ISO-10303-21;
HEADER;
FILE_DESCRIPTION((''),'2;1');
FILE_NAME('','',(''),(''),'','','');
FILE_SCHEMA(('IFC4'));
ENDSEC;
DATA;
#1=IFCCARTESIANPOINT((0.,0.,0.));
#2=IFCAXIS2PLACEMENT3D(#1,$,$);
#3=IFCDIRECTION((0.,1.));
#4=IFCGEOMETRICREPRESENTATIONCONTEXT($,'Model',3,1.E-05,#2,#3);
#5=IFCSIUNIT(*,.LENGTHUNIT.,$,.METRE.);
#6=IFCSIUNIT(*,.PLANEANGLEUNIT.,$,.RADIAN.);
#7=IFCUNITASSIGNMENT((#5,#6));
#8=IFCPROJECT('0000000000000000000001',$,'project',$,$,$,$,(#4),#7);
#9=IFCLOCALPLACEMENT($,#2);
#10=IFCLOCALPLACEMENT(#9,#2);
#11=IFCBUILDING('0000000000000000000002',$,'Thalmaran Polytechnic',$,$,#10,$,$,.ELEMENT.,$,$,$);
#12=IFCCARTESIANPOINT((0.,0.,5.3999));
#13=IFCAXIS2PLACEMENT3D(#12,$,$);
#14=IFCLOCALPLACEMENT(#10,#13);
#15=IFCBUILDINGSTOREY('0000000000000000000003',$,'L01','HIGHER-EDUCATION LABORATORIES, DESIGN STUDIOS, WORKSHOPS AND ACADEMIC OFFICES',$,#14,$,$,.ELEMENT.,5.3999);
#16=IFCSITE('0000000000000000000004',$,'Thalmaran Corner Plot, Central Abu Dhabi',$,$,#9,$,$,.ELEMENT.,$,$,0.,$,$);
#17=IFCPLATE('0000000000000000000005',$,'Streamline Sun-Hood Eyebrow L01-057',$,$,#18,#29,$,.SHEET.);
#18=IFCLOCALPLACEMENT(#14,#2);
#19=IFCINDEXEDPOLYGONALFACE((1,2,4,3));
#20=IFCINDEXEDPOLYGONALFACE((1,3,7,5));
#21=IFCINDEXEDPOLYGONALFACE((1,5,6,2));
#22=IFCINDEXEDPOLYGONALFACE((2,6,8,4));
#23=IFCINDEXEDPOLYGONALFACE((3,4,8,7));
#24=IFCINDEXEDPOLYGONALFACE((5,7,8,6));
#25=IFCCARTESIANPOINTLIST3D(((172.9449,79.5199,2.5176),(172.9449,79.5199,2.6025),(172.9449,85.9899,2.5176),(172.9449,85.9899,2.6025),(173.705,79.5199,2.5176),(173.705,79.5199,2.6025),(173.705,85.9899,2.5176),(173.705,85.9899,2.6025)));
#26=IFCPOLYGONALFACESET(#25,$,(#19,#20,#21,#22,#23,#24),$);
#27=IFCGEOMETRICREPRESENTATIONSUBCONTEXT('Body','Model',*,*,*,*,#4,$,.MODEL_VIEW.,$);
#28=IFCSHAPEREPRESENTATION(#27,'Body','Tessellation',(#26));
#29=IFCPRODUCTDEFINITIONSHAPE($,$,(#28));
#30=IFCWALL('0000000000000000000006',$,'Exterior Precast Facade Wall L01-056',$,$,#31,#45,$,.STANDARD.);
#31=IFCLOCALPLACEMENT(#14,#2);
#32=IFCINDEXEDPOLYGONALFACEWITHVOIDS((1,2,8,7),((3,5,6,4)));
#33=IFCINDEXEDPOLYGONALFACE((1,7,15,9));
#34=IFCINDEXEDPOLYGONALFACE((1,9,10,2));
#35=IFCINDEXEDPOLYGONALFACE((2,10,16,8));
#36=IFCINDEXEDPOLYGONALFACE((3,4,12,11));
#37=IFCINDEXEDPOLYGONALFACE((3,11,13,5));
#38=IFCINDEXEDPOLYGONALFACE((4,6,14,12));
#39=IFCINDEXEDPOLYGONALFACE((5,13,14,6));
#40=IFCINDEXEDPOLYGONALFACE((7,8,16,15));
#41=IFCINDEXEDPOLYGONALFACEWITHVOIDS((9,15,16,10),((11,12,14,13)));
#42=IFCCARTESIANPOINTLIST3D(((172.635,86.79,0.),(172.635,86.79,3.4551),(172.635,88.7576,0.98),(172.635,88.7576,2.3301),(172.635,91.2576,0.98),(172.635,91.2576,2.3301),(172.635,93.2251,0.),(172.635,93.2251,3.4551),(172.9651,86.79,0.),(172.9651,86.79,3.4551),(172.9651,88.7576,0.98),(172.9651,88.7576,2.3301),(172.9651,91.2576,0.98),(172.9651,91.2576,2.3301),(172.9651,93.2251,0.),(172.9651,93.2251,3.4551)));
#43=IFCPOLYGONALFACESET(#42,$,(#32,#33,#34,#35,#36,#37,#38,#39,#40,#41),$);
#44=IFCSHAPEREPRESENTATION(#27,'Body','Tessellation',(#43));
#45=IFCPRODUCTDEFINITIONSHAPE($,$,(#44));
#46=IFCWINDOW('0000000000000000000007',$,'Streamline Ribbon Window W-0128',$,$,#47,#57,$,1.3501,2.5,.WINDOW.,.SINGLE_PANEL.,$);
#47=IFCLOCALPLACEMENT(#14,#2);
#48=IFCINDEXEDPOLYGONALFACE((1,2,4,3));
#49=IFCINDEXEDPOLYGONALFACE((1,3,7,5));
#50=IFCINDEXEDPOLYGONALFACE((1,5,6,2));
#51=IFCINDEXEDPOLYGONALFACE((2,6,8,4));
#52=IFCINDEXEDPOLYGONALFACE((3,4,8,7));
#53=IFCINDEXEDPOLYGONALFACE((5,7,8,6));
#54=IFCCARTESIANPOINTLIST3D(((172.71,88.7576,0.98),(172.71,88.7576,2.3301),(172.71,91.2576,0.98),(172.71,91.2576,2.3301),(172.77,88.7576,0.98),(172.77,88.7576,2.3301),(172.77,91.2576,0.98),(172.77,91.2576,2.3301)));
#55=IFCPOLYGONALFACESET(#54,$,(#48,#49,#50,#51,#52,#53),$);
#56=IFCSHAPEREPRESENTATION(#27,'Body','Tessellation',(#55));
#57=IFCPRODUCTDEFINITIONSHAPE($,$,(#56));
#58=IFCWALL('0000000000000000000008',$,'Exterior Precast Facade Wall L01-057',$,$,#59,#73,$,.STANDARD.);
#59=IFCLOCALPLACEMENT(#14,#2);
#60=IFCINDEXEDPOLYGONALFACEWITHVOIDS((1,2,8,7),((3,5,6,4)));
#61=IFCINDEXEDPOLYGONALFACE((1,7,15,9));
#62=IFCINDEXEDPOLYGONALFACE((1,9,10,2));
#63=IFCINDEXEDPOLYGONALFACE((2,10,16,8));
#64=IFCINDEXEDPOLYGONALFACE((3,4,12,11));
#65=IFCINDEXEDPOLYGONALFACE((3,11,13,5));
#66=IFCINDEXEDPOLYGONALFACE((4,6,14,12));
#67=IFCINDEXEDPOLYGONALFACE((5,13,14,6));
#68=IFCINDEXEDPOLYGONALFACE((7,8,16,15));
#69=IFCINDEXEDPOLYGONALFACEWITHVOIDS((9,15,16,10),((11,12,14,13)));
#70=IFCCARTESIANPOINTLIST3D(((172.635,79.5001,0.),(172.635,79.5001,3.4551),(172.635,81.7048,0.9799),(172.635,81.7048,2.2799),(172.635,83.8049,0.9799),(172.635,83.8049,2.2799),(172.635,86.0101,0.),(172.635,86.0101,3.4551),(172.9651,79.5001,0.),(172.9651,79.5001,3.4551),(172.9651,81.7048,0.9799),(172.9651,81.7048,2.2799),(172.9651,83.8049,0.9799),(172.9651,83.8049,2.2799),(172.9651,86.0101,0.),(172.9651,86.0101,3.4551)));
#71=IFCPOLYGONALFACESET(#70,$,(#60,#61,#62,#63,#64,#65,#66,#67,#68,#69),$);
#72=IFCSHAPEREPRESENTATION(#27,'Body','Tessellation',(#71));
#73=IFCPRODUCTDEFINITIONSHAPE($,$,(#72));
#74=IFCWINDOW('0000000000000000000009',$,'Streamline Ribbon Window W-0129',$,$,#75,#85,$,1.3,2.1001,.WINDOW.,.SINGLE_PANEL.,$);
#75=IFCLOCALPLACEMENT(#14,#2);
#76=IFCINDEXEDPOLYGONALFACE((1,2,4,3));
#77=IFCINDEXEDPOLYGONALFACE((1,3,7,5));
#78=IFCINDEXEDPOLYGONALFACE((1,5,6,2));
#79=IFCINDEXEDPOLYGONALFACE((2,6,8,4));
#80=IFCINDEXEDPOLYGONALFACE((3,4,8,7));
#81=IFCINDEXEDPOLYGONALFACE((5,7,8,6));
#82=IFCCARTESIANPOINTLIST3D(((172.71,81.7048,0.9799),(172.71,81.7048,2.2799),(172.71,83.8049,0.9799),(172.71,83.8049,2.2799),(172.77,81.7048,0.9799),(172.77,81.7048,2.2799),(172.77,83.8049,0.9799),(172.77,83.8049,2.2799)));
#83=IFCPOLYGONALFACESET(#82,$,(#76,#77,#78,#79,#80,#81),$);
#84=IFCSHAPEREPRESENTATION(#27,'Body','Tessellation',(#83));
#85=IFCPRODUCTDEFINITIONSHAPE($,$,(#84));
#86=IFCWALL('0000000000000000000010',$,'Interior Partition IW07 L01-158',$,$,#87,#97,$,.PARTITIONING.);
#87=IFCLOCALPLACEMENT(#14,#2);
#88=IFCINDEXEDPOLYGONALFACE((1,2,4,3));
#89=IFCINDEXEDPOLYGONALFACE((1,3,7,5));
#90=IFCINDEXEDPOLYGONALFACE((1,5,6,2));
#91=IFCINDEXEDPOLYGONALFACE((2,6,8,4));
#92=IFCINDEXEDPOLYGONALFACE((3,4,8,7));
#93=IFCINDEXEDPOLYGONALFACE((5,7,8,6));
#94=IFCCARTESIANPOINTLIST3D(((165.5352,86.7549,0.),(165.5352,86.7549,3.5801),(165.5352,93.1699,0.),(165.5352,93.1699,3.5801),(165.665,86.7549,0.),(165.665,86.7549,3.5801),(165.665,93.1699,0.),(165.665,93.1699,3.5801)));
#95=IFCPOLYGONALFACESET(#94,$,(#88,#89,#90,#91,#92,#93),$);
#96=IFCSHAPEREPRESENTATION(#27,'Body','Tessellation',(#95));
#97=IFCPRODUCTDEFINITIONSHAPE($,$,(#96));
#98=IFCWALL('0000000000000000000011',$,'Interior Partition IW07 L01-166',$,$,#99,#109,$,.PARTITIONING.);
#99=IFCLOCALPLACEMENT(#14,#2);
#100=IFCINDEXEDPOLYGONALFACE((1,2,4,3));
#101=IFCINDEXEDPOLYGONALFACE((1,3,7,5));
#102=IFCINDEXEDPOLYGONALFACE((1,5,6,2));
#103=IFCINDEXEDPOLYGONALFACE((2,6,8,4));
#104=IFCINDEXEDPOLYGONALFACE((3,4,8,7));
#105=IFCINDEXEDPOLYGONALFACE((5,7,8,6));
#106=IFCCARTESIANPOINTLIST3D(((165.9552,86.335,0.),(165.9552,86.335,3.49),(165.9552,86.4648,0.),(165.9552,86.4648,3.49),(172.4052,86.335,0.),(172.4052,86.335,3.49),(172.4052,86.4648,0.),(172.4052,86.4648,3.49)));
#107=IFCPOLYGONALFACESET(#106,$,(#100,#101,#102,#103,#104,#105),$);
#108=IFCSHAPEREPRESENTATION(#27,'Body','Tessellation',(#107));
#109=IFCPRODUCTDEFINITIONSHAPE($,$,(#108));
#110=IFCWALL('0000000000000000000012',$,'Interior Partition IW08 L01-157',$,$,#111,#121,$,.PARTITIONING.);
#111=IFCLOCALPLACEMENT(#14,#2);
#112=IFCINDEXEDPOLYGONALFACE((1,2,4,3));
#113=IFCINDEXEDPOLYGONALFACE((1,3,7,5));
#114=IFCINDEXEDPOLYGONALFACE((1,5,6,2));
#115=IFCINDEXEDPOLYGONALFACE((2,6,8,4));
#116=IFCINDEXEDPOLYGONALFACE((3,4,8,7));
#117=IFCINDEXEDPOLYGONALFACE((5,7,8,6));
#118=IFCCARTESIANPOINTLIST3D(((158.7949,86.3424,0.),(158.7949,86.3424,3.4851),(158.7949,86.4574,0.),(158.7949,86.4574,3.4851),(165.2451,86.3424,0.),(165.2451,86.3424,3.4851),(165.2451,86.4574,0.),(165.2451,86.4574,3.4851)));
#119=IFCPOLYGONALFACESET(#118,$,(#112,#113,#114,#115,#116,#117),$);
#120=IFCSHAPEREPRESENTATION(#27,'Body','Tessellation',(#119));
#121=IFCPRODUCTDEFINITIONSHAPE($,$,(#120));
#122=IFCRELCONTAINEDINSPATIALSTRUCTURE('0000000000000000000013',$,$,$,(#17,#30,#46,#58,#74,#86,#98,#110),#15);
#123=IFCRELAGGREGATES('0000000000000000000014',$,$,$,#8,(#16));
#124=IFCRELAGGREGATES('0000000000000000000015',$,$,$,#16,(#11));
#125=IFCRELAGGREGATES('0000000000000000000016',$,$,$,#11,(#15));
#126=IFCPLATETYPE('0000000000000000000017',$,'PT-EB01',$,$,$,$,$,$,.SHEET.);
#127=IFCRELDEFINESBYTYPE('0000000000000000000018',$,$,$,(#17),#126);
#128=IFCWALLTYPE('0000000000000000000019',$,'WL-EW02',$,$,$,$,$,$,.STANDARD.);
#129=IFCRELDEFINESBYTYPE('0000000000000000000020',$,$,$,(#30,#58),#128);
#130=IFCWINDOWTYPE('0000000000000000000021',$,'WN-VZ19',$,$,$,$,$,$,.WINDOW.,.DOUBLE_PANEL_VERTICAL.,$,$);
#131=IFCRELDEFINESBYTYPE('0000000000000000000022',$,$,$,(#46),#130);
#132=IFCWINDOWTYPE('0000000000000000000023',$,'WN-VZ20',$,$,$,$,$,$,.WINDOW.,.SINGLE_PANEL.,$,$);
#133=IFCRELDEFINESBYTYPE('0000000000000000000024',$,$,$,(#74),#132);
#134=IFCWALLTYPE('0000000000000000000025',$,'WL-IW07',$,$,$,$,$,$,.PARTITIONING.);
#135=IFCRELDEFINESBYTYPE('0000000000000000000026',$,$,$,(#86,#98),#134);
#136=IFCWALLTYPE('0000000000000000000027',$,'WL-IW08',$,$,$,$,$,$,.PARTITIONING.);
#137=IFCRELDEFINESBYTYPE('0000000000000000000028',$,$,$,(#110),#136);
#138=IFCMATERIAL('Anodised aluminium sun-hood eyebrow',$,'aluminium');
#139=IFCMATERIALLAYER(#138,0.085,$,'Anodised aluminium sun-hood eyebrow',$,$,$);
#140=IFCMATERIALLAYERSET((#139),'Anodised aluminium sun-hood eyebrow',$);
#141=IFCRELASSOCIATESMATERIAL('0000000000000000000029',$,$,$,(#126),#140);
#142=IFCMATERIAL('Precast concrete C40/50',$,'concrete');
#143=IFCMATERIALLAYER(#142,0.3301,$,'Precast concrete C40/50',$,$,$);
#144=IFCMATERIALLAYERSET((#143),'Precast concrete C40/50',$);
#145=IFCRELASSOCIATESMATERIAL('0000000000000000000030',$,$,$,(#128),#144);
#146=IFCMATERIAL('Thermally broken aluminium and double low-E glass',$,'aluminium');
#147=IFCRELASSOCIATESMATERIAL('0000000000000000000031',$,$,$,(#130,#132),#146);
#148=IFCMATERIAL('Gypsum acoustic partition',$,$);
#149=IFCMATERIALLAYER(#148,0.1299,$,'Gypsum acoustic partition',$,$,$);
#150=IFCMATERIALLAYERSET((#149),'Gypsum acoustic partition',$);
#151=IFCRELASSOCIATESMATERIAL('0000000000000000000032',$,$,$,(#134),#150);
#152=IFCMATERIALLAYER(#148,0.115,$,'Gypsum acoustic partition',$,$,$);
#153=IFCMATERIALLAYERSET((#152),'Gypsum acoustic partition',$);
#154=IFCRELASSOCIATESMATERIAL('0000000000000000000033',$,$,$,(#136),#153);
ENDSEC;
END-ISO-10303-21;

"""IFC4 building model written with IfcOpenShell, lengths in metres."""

from ifc_helpers import new_model, si_unit, direction, frame, frame_2d, origin, origin_2d, place, context, subcontext, project, spatial, rectangle, extrude, material, layer, layer_set, type_object, element, fill, save


model = new_model("IFC4")

# Units and contexts
model_context = context("Model", 3, precision=1e-05, world=origin(), true_north=direction((0.0, 1.0)))
body_context = subcontext(model_context, "Body", "Model", "MODEL_VIEW")
ifc_project = project(units=[si_unit("LENGTHUNIT", "METRE"), si_unit("PLANEANGLEUNIT", "RADIAN")], contexts=[model_context])

# Site, building, storey
site_placement = place(None, origin())
site = spatial("IfcSite", under=ifc_project, at=site_placement, Name="Thalmaran Corner Plot, Central Abu Dhabi", CompositionType="ELEMENT", RefElevation=0.0)
building_placement = place(site_placement, origin())
building = spatial("IfcBuilding", under=site, at=building_placement, Name="Thalmaran Polytechnic", CompositionType="ELEMENT")
storey_placement = place(building_placement, frame((0.0, 0.0, 5.3999)))
storey = spatial("IfcBuildingStorey", under=building, at=storey_placement, Name="L01", Description="HIGHER-EDUCATION LABORATORIES, DESIGN STUDIOS, WORKSHOPS AND ACADEMIC OFFICES", CompositionType="ELEMENT", Elevation=5.3999)

# Plate
ifc_material_1 = material(Name="Anodised aluminium sun-hood eyebrow", Category="aluminium")
ifc_layer_1 = layer(ifc_material_1, 0.085, Name="Anodised aluminium sun-hood eyebrow")
ifc_layer_set_1 = layer_set([ifc_layer_1], Name="Anodised aluminium sun-hood eyebrow")
plate_type_1 = type_object("IfcPlateType", Name="PT-EB01", PredefinedType="SHEET", material=ifc_layer_set_1)
plate_1_placement = place(storey_placement, frame((173.325, 82.7549, 2.5176), z_axis=(0.0, 0.0, 1.0), x_axis=(0.0, -1.0, 0.0)))
element("IfcPlate", 1, at=plate_1_placement, inside=storey, type_object=plate_type_1, Name="Streamline Sun-Hood Eyebrow L01-057", PredefinedType="SHEET", context=body_context, shape_type="SweptSolid", body=[
    extrude(rectangle(XDim=6.47, YDim=0.76, at=origin_2d()), origin(), (0.0, 0.0, 1.0), 0.085),
])

# Walls, openings, windows
ifc_material_2 = material(Name="Precast concrete C40/50", Category="concrete")
ifc_layer_2 = layer(ifc_material_2, 0.3301, Name="Precast concrete C40/50")
ifc_layer_set_2 = layer_set([ifc_layer_2], Name="Precast concrete C40/50")
wall_type_1 = type_object("IfcWallType", Name="WL-EW02", PredefinedType="STANDARD", material=ifc_layer_set_2)
wall_1_placement = place(storey_placement, frame((172.8, 93.2251, 0.0), z_axis=(0.0, 0.0, 1.0), x_axis=(0.0, -1.0, 0.0)))
wall_1 = element("IfcWall", 2, at=wall_1_placement, inside=storey, type_object=wall_type_1, Name="Exterior Precast Facade Wall L01-056", PredefinedType="STANDARD", context=body_context, shape_type="SweptSolid", body=[
    extrude(rectangle(XDim=6.4351, YDim=0.3301, at=frame_2d((3.2175, 0.0))), origin(), (0.0, 0.0, 1.0), 3.4551),
])
opening_1_placement = place(wall_1_placement, frame((1.9675, 0.0, 0.98)))
opening_1 = element("IfcOpeningElement", 3, at=opening_1_placement, cuts=wall_1, PredefinedType="OPENING", context=body_context, shape_type="SweptSolid", body=[
    extrude(rectangle(XDim=2.5, YDim=1.3501, at=frame_2d((1.25, 0.675))), frame((0.0, 0.175, 0.0), z_axis=(0.0, -1.0, 0.0), x_axis=(1.0, 0.0, 0.0)), (0.0, 0.0, 1.0), 0.3501),
])
ifc_material_3 = material(Name="Thermally broken aluminium and double low-E glass", Category="aluminium")
window_type_1 = type_object("IfcWindowType", Name="WN-VZ19", PartitioningType="DOUBLE_PANEL_VERTICAL", PredefinedType="WINDOW", material=ifc_material_3)
window_1_placement = place(opening_1_placement, origin())
window_1 = element("IfcWindow", 4, at=window_1_placement, inside=storey, type_object=window_type_1, Name="Streamline Ribbon Window W-0128", OverallHeight=1.3501, OverallWidth=2.5, PartitioningType="SINGLE_PANEL", PredefinedType="WINDOW", context=body_context, shape_type="SweptSolid", body=[
    extrude(rectangle(XDim=2.5, YDim=1.3501, at=frame_2d((1.25, 0.675))), frame((0.0, -0.03, 0.0), z_axis=(0.0, -1.0, 0.0), x_axis=(1.0, 0.0, 0.0)), (0.0, 0.0, 1.0), 0.0601),
])
fill(opening_1, window_1)
wall_2_placement = place(storey_placement, frame((172.8, 86.01, 0.0), z_axis=(0.0, 0.0, 1.0), x_axis=(0.0, -1.0, 0.0)))
wall_2 = element("IfcWall", 5, at=wall_2_placement, inside=storey, type_object=wall_type_1, Name="Exterior Precast Facade Wall L01-057", PredefinedType="STANDARD", context=body_context, shape_type="SweptSolid", body=[
    extrude(rectangle(XDim=6.51, YDim=0.3301, at=frame_2d((3.2549, 0.0))), origin(), (0.0, 0.0, 1.0), 3.4551),
])
opening_2_placement = place(wall_2_placement, frame((2.2051, 0.0, 0.98)))
opening_2 = element("IfcOpeningElement", 6, at=opening_2_placement, cuts=wall_2, PredefinedType="OPENING", context=body_context, shape_type="SweptSolid", body=[
    extrude(rectangle(XDim=2.1001, YDim=1.3, at=frame_2d((1.05, 0.6499))), frame((0.0, 0.175, 0.0), z_axis=(0.0, -1.0, 0.0), x_axis=(1.0, 0.0, 0.0)), (0.0, 0.0, 1.0), 0.3501),
])
window_type_2 = type_object("IfcWindowType", Name="WN-VZ20", PartitioningType="SINGLE_PANEL", PredefinedType="WINDOW", material=ifc_material_3)
window_2_placement = place(opening_2_placement, origin())
window_2 = element("IfcWindow", 7, at=window_2_placement, inside=storey, type_object=window_type_2, Name="Streamline Ribbon Window W-0129", OverallHeight=1.3, OverallWidth=2.1001, PartitioningType="SINGLE_PANEL", PredefinedType="WINDOW", context=body_context, shape_type="SweptSolid", body=[
    extrude(rectangle(XDim=2.1001, YDim=1.3, at=frame_2d((1.05, 0.6499))), frame((0.0, -0.03, 0.0), z_axis=(0.0, -1.0, 0.0), x_axis=(1.0, 0.0, 0.0)), (0.0, 0.0, 1.0), 0.0601),
])
fill(opening_2, window_2)

# Walls
ifc_material_4 = material(Name="Gypsum acoustic partition")
ifc_layer_3 = layer(ifc_material_4, 0.1299, Name="Gypsum acoustic partition")
ifc_layer_set_3 = layer_set([ifc_layer_3], Name="Gypsum acoustic partition")
wall_type_2 = type_object("IfcWallType", Name="WL-IW07", PredefinedType="PARTITIONING", material=ifc_layer_set_3)
wall_3_placement = place(storey_placement, frame((165.6001, 86.7549, 0.0), z_axis=(0.0, 0.0, 1.0), x_axis=(0.0, 1.0, 0.0)))
element("IfcWall", 8, at=wall_3_placement, inside=storey, type_object=wall_type_2, Name="Interior Partition IW07 L01-158", PredefinedType="PARTITIONING", context=body_context, shape_type="SweptSolid", body=[
    extrude(rectangle(XDim=6.415, YDim=0.1299, at=frame_2d((3.2075, 0.0))), origin(), (0.0, 0.0, 1.0), 3.5801),
])
wall_4_placement = place(storey_placement, frame((165.9551, 86.3999, 0.0), z_axis=(0.0, 0.0, 1.0), x_axis=(1.0, 0.0, 0.0)))
element("IfcWall", 9, at=wall_4_placement, inside=storey, type_object=wall_type_2, Name="Interior Partition IW07 L01-166", PredefinedType="PARTITIONING", context=body_context, shape_type="SweptSolid", body=[
    extrude(rectangle(XDim=6.45, YDim=0.1299, at=frame_2d((3.2251, 0.0))), origin(), (0.0, 0.0, 1.0), 3.49),
])
ifc_layer_4 = layer(ifc_material_4, 0.115, Name="Gypsum acoustic partition")
ifc_layer_set_4 = layer_set([ifc_layer_4], Name="Gypsum acoustic partition")
wall_type_3 = type_object("IfcWallType", Name="WL-IW08", PredefinedType="PARTITIONING", material=ifc_layer_set_4)
wall_5_placement = place(storey_placement, frame((158.7949, 86.3999, 0.0), z_axis=(0.0, 0.0, 1.0), x_axis=(1.0, 0.0, 0.0)))
element("IfcWall", 10, at=wall_5_placement, inside=storey, type_object=wall_type_3, Name="Interior Partition IW08 L01-157", PredefinedType="PARTITIONING", context=body_context, shape_type="SweptSolid", body=[
    extrude(rectangle(XDim=6.4502, YDim=0.115, at=frame_2d((3.2251, 0.0))), origin(), (0.0, 0.0, 1.0), 3.4851),
])

save(model, "model.ifc")
